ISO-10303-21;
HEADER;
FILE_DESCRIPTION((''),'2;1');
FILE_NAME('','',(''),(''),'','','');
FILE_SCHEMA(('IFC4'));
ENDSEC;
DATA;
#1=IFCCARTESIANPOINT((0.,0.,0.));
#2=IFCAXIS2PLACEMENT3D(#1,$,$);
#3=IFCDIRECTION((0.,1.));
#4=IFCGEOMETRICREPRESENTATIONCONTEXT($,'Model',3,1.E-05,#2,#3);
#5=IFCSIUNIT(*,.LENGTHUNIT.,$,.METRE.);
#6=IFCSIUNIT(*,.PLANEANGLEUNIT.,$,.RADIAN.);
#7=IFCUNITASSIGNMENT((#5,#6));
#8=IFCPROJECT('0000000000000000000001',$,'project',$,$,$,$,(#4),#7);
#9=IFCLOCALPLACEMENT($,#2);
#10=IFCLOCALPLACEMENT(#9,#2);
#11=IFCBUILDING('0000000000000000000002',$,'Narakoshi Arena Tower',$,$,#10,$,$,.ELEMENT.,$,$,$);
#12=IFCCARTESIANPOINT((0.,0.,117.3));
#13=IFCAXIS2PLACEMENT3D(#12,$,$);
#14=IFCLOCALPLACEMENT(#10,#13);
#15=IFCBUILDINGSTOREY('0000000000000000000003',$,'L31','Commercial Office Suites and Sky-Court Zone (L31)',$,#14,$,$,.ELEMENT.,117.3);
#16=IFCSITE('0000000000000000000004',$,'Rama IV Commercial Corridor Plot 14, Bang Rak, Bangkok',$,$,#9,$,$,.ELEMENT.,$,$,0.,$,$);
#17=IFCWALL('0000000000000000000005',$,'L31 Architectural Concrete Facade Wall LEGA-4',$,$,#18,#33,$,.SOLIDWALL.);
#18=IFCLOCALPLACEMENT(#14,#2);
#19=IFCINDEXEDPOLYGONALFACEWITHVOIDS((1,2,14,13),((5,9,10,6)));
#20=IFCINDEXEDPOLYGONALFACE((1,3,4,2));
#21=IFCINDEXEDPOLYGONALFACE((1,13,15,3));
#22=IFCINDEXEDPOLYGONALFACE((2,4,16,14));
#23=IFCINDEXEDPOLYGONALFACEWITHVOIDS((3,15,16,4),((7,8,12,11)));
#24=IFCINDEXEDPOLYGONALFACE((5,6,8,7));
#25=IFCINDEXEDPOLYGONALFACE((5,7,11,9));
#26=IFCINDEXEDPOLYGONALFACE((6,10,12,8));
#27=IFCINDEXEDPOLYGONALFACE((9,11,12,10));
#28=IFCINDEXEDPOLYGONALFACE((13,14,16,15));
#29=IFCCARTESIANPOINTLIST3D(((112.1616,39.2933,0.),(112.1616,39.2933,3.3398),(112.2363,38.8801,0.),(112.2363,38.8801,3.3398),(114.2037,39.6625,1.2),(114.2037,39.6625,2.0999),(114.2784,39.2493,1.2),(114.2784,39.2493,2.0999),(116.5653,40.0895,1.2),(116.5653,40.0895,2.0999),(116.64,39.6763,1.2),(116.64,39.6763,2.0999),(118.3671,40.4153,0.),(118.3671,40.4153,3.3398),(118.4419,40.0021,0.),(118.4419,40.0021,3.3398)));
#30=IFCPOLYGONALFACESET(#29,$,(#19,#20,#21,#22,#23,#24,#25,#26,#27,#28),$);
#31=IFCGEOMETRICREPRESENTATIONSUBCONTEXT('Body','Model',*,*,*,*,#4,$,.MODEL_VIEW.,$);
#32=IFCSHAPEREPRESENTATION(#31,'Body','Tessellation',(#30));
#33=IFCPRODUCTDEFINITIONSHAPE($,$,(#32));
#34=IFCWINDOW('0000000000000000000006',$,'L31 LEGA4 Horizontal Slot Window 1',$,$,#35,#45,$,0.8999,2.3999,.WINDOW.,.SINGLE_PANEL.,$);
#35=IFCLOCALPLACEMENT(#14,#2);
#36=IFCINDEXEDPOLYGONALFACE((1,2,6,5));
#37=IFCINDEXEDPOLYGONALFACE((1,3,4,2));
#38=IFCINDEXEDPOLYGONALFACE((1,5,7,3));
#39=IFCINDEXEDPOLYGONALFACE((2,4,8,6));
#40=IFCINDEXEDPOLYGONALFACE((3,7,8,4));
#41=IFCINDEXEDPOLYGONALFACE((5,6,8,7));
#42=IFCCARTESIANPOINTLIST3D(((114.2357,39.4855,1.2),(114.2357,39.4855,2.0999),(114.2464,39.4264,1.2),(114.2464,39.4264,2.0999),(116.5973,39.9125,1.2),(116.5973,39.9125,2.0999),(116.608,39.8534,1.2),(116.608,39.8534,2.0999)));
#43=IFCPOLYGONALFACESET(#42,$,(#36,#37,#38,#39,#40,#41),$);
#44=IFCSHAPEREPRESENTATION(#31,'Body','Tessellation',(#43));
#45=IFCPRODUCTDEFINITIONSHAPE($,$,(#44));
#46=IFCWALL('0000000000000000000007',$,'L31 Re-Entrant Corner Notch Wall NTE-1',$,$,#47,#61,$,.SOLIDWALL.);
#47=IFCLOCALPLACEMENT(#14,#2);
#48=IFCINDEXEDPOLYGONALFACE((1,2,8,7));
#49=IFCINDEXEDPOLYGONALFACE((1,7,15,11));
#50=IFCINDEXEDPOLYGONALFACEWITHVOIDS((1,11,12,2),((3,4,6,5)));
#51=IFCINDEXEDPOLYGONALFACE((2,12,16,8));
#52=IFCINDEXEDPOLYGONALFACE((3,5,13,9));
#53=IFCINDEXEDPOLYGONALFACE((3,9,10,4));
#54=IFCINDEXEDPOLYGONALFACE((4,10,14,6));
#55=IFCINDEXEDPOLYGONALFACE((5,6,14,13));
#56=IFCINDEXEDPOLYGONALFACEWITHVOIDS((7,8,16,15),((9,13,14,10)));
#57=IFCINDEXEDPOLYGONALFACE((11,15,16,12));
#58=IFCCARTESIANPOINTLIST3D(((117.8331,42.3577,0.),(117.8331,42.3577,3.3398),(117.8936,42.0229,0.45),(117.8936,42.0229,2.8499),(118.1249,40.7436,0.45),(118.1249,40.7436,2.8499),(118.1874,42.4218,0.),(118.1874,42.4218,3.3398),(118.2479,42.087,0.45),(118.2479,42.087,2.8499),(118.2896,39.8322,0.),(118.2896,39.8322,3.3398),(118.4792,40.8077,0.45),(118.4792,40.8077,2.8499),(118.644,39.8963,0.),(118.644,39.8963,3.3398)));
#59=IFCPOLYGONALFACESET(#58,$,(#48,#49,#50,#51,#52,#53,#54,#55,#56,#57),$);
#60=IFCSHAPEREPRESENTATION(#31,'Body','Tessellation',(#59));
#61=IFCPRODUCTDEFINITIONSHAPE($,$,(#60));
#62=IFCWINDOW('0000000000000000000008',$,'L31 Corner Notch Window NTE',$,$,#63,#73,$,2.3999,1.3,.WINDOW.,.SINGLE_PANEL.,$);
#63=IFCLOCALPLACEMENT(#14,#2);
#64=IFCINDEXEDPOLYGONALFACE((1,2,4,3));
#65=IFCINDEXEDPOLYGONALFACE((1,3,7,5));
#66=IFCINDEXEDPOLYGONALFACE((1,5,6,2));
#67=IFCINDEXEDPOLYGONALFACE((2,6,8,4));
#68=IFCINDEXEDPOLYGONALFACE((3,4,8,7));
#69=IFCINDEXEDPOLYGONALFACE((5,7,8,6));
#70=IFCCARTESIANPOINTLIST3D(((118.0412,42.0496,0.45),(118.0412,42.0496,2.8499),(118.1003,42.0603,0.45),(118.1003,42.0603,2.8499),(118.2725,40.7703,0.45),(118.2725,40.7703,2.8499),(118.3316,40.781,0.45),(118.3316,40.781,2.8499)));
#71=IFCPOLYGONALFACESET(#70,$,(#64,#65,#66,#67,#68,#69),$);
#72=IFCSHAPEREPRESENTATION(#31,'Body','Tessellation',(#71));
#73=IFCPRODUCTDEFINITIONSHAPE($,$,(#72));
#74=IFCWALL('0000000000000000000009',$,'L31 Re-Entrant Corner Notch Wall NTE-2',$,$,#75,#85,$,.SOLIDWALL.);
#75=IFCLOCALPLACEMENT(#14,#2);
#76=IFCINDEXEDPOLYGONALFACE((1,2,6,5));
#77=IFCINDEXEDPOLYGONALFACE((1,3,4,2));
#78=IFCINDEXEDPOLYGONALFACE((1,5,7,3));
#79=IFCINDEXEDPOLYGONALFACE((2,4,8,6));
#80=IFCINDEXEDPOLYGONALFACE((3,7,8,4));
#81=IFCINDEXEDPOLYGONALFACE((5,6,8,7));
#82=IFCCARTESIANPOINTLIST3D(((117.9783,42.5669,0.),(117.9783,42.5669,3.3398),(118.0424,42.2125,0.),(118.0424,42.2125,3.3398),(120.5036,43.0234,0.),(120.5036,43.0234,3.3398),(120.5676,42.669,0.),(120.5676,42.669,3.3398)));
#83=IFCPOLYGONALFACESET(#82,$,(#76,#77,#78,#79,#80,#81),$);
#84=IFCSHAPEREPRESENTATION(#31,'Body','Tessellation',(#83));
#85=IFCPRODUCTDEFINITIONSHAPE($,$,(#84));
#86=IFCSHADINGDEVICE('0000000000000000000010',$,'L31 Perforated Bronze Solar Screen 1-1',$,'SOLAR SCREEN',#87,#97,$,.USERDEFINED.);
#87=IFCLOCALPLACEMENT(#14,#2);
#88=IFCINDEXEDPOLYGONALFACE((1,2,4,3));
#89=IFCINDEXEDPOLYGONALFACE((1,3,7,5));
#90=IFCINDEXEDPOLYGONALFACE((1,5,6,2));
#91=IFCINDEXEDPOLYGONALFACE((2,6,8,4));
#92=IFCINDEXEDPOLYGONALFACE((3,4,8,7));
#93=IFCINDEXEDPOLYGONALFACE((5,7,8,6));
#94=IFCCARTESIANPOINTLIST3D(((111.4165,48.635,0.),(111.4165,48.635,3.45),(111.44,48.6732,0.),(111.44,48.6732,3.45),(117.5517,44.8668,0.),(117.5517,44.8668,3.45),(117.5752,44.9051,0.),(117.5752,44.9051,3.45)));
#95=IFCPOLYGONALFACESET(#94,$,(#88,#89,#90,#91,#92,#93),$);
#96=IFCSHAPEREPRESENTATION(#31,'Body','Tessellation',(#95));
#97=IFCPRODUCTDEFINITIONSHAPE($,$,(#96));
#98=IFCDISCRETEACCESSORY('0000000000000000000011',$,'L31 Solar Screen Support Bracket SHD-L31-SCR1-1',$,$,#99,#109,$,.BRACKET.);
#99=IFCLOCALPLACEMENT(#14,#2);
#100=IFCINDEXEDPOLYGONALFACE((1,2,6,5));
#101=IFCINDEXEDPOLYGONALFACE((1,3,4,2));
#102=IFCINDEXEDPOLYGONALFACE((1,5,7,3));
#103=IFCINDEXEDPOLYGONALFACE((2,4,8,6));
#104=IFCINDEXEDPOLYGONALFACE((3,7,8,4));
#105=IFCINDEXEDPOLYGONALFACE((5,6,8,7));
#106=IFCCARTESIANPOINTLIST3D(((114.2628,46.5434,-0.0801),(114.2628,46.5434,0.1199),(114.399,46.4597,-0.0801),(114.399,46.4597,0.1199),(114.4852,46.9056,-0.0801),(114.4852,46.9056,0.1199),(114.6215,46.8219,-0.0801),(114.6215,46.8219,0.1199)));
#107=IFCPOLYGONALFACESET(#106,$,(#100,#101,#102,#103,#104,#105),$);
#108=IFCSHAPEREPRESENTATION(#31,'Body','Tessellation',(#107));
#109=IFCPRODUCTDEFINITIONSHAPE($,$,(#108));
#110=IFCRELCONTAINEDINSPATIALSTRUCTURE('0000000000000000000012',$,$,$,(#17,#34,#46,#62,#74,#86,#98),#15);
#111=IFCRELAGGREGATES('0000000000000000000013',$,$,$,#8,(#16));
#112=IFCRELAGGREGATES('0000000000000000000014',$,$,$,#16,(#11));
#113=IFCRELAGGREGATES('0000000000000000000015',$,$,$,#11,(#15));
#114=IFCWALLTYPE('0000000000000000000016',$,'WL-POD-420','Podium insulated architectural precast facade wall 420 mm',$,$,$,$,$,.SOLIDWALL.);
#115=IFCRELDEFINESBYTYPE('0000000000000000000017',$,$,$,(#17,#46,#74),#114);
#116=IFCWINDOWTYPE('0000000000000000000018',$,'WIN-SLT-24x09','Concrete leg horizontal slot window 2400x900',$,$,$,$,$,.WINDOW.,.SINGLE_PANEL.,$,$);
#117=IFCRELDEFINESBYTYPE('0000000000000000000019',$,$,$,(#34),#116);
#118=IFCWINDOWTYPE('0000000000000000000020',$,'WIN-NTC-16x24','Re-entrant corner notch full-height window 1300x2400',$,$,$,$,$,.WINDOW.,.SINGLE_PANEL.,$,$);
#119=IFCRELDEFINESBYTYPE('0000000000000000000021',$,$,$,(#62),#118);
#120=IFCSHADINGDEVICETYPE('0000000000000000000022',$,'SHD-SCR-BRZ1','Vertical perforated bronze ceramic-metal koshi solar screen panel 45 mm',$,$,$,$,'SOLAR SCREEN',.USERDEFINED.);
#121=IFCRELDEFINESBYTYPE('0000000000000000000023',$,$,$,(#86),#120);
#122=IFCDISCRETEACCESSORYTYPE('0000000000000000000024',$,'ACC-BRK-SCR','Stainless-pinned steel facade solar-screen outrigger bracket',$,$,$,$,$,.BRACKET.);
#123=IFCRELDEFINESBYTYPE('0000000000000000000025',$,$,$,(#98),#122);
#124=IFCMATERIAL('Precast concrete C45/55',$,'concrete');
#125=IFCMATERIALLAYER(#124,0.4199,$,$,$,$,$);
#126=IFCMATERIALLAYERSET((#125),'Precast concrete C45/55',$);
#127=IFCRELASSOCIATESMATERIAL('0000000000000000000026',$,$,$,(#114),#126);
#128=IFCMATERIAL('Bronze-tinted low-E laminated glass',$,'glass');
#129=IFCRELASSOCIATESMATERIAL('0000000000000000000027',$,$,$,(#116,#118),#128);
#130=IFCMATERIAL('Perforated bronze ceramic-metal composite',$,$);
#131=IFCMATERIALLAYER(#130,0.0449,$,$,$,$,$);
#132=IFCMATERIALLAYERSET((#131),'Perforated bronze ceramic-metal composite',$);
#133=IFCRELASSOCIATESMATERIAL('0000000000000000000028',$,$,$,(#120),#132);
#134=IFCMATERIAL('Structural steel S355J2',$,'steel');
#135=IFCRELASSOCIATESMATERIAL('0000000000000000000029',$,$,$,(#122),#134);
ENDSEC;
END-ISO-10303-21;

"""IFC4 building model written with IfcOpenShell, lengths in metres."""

from ifc_helpers import new_model, si_unit, direction, frame, frame_2d, origin, origin_2d, place, context, subcontext, project, spatial, rectangle, extrude, material, layer, layer_set, type_object, element, fill, save


model = new_model("IFC4")

# Units and contexts
model_context = context("Model", 3, precision=1e-05, world=origin(), true_north=direction((0.0, 1.0)))
body_context = subcontext(model_context, "Body", "Model", "MODEL_VIEW")
ifc_project = project(units=[si_unit("LENGTHUNIT", "METRE"), si_unit("PLANEANGLEUNIT", "RADIAN")], contexts=[model_context])

# Site, building, storey
site_placement = place(None, origin())
site = spatial("IfcSite", under=ifc_project, at=site_placement, Name="Rama IV Commercial Corridor Plot 14, Bang Rak, Bangkok", CompositionType="ELEMENT", RefElevation=0.0)
building_placement = place(site_placement, origin())
building = spatial("IfcBuilding", under=site, at=building_placement, Name="Narakoshi Arena Tower", CompositionType="ELEMENT")
storey_placement = place(building_placement, frame((0.0, 0.0, 117.3)))
storey = spatial("IfcBuildingStorey", under=building, at=storey_placement, Name="L31", Description="Commercial Office Suites and Sky-Court Zone (L31)", CompositionType="ELEMENT", Elevation=117.3)

# Shared definitions
ifc_material_1 = material(Name="Structural steel S355J2", Category="steel")

# Shared definitions
ifc_material_2 = material(Name="Bronze-tinted low-E laminated glass", Category="glass")

# Shared definitions
ifc_material_3 = material(Name="Precast concrete C45/55", Category="concrete")

# Walls, openings, windows
ifc_layer_1 = layer(ifc_material_3, 0.4199)
ifc_layer_set_1 = layer_set([ifc_layer_1], Name="Precast concrete C45/55")
wall_type_1 = type_object("IfcWallType", Name="WL-POD-420", Description="Podium insulated architectural precast facade wall 420 mm", PredefinedType="SOLIDWALL", material=ifc_layer_set_1)
wall_1_placement = place(storey_placement, frame((112.199, 39.0867, 0.0), z_axis=(0.0, 0.0, 1.0), x_axis=(0.984043, 0.177931, 0.0)))
wall_1 = element("IfcWall", 1, at=wall_1_placement, inside=storey, type_object=wall_type_1, Name="L31 Architectural Concrete Facade Wall LEGA-4", PredefinedType="SOLIDWALL", context=body_context, shape_type="SweptSolid", body=[
    extrude(rectangle(XDim=6.3062, YDim=0.4199, at=frame_2d((3.1531, 0.0))), origin(), (0.0, 0.0, 1.0), 3.3398),
])
opening_1_placement = place(wall_1_placement, frame((2.0752, 0.0, 1.2)))
opening_1 = element("IfcOpeningElement", 2, at=opening_1_placement, cuts=wall_1, PredefinedType="OPENING", context=body_context, shape_type="SweptSolid", body=[
    extrude(rectangle(XDim=2.3999, YDim=0.8999, at=frame_2d((1.2, 0.45))), frame((0.0, 0.22, 0.0), z_axis=(0.0, -1.0, 0.0), x_axis=(1.0, 0.0, 0.0)), (0.0, 0.0, 1.0), 0.4399),
])
window_type_1 = type_object("IfcWindowType", Name="WIN-SLT-24x09", Description="Concrete leg horizontal slot window 2400x900", PartitioningType="SINGLE_PANEL", PredefinedType="WINDOW", material=ifc_material_2)
window_1_placement = place(opening_1_placement, origin())
window_1 = element("IfcWindow", 3, at=window_1_placement, inside=storey, type_object=window_type_1, Name="L31 LEGA4 Horizontal Slot Window 1", OverallHeight=0.8999, OverallWidth=2.3999, PartitioningType="SINGLE_PANEL", PredefinedType="WINDOW", context=body_context, shape_type="SweptSolid", body=[
    extrude(rectangle(XDim=2.3999, YDim=0.8999, at=frame_2d((1.2, 0.45))), frame((0.0, 0.03, 0.0), z_axis=(0.0, -1.0, 0.0), x_axis=(1.0, 0.0, 0.0)), (0.0, 0.0, 1.0), 0.0601),
])
fill(opening_1, window_1)
wall_2_placement = place(storey_placement, frame((118.4668, 39.8643, 0.0), z_axis=(0.0, 0.0, 1.0), x_axis=(-0.177897, 0.984049, 0.0)))
wall_2 = element("IfcWall", 4, at=wall_2_placement, inside=storey, type_object=wall_type_1, Name="L31 Re-Entrant Corner Notch Wall NTE-1", PredefinedType="SOLIDWALL", context=body_context, shape_type="SweptSolid", body=[
    extrude(rectangle(XDim=2.5664, YDim=0.3601, at=frame_2d((1.2832, 0.0))), origin(), (0.0, 0.0, 1.0), 3.3398),
])
opening_2_placement = place(wall_2_placement, frame((0.9263, 0.0, 0.45)))
opening_2 = element("IfcOpeningElement", 5, at=opening_2_placement, cuts=wall_2, PredefinedType="OPENING", context=body_context, shape_type="SweptSolid", body=[
    extrude(rectangle(XDim=1.3, YDim=2.3999, at=frame_2d((0.6499, 1.2))), frame((0.0, 0.1899, 0.0), z_axis=(0.0, -1.0, 0.0), x_axis=(1.0, 0.0, 0.0)), (0.0, 0.0, 1.0), 0.3801),
])
window_type_2 = type_object("IfcWindowType", Name="WIN-NTC-16x24", Description="Re-entrant corner notch full-height window 1300x2400", PartitioningType="SINGLE_PANEL", PredefinedType="WINDOW", material=ifc_material_2)
window_2_placement = place(opening_2_placement, origin())
window_2 = element("IfcWindow", 6, at=window_2_placement, inside=storey, type_object=window_type_2, Name="L31 Corner Notch Window NTE", OverallHeight=2.3999, OverallWidth=1.3, PartitioningType="SINGLE_PANEL", PredefinedType="WINDOW", context=body_context, shape_type="SweptSolid", body=[
    extrude(rectangle(XDim=1.3, YDim=2.3999, at=frame_2d((0.6499, 1.2))), frame((0.0, 0.03, 0.0), z_axis=(0.0, -1.0, 0.0), x_axis=(1.0, 0.0, 0.0)), (0.0, 0.0, 1.0), 0.0601),
])
fill(opening_2, window_2)

# Wall
wall_3_placement = place(storey_placement, frame((118.0103, 42.3896, 0.0), z_axis=(0.0, 0.0, 1.0), x_axis=(0.984046, 0.177914, 0.0)))
element("IfcWall", 7, at=wall_3_placement, inside=storey, type_object=wall_type_1, Name="L31 Re-Entrant Corner Notch Wall NTE-2", PredefinedType="SOLIDWALL", context=body_context, shape_type="SweptSolid", body=[
    extrude(rectangle(XDim=2.5662, YDim=0.3601, at=frame_2d((1.2832, 0.0))), origin(), (0.0, 0.0, 1.0), 3.3398),
])

# Shading device
ifc_material_4 = material(Name="Perforated bronze ceramic-metal composite")
ifc_layer_2 = layer(ifc_material_4, 0.0449)
ifc_layer_set_2 = layer_set([ifc_layer_2], Name="Perforated bronze ceramic-metal composite")
shading_device_type = type_object("IfcShadingDeviceType", Name="SHD-SCR-BRZ1", Description="Vertical perforated bronze ceramic-metal koshi solar screen panel 45 mm", ElementType="SOLAR SCREEN", PredefinedType="USERDEFINED", material=ifc_layer_set_2)
shading_device_placement = place(storey_placement, frame((114.4958, 46.77, 0.0), z_axis=(0.0, 0.0, 1.0), x_axis=(-0.852111, 0.523361, 0.0)))
element("IfcShadingDevice", 8, at=shading_device_placement, inside=storey, type_object=shading_device_type, Name="L31 Perforated Bronze Solar Screen 1-1", ObjectType="SOLAR SCREEN", PredefinedType="USERDEFINED", context=body_context, shape_type="SweptSolid", body=[
    extrude(rectangle(XDim=7.2, YDim=0.0449, at=origin_2d()), origin(), (0.0, 0.0, 1.0), 3.45),
])

# Discrete accessory
discrete_accessory_type = type_object("IfcDiscreteAccessoryType", Name="ACC-BRK-SCR", Description="Stainless-pinned steel facade solar-screen outrigger bracket", PredefinedType="BRACKET", material=ifc_material_1)
discrete_accessory_placement = place(storey_placement, frame((114.4421, 46.6826, -0.0801), z_axis=(0.0, 0.0, 1.0), x_axis=(-0.852111, 0.523361, 0.0)))
element("IfcDiscreteAccessory", 9, at=discrete_accessory_placement, inside=storey, type_object=discrete_accessory_type, Name="L31 Solar Screen Support Bracket SHD-L31-SCR1-1", PredefinedType="BRACKET", context=body_context, shape_type="SweptSolid", body=[
    extrude(rectangle(XDim=0.1599, YDim=0.425, at=origin_2d()), origin(), (0.0, 0.0, 1.0), 0.2),
])

save(model, "model.ifc")
